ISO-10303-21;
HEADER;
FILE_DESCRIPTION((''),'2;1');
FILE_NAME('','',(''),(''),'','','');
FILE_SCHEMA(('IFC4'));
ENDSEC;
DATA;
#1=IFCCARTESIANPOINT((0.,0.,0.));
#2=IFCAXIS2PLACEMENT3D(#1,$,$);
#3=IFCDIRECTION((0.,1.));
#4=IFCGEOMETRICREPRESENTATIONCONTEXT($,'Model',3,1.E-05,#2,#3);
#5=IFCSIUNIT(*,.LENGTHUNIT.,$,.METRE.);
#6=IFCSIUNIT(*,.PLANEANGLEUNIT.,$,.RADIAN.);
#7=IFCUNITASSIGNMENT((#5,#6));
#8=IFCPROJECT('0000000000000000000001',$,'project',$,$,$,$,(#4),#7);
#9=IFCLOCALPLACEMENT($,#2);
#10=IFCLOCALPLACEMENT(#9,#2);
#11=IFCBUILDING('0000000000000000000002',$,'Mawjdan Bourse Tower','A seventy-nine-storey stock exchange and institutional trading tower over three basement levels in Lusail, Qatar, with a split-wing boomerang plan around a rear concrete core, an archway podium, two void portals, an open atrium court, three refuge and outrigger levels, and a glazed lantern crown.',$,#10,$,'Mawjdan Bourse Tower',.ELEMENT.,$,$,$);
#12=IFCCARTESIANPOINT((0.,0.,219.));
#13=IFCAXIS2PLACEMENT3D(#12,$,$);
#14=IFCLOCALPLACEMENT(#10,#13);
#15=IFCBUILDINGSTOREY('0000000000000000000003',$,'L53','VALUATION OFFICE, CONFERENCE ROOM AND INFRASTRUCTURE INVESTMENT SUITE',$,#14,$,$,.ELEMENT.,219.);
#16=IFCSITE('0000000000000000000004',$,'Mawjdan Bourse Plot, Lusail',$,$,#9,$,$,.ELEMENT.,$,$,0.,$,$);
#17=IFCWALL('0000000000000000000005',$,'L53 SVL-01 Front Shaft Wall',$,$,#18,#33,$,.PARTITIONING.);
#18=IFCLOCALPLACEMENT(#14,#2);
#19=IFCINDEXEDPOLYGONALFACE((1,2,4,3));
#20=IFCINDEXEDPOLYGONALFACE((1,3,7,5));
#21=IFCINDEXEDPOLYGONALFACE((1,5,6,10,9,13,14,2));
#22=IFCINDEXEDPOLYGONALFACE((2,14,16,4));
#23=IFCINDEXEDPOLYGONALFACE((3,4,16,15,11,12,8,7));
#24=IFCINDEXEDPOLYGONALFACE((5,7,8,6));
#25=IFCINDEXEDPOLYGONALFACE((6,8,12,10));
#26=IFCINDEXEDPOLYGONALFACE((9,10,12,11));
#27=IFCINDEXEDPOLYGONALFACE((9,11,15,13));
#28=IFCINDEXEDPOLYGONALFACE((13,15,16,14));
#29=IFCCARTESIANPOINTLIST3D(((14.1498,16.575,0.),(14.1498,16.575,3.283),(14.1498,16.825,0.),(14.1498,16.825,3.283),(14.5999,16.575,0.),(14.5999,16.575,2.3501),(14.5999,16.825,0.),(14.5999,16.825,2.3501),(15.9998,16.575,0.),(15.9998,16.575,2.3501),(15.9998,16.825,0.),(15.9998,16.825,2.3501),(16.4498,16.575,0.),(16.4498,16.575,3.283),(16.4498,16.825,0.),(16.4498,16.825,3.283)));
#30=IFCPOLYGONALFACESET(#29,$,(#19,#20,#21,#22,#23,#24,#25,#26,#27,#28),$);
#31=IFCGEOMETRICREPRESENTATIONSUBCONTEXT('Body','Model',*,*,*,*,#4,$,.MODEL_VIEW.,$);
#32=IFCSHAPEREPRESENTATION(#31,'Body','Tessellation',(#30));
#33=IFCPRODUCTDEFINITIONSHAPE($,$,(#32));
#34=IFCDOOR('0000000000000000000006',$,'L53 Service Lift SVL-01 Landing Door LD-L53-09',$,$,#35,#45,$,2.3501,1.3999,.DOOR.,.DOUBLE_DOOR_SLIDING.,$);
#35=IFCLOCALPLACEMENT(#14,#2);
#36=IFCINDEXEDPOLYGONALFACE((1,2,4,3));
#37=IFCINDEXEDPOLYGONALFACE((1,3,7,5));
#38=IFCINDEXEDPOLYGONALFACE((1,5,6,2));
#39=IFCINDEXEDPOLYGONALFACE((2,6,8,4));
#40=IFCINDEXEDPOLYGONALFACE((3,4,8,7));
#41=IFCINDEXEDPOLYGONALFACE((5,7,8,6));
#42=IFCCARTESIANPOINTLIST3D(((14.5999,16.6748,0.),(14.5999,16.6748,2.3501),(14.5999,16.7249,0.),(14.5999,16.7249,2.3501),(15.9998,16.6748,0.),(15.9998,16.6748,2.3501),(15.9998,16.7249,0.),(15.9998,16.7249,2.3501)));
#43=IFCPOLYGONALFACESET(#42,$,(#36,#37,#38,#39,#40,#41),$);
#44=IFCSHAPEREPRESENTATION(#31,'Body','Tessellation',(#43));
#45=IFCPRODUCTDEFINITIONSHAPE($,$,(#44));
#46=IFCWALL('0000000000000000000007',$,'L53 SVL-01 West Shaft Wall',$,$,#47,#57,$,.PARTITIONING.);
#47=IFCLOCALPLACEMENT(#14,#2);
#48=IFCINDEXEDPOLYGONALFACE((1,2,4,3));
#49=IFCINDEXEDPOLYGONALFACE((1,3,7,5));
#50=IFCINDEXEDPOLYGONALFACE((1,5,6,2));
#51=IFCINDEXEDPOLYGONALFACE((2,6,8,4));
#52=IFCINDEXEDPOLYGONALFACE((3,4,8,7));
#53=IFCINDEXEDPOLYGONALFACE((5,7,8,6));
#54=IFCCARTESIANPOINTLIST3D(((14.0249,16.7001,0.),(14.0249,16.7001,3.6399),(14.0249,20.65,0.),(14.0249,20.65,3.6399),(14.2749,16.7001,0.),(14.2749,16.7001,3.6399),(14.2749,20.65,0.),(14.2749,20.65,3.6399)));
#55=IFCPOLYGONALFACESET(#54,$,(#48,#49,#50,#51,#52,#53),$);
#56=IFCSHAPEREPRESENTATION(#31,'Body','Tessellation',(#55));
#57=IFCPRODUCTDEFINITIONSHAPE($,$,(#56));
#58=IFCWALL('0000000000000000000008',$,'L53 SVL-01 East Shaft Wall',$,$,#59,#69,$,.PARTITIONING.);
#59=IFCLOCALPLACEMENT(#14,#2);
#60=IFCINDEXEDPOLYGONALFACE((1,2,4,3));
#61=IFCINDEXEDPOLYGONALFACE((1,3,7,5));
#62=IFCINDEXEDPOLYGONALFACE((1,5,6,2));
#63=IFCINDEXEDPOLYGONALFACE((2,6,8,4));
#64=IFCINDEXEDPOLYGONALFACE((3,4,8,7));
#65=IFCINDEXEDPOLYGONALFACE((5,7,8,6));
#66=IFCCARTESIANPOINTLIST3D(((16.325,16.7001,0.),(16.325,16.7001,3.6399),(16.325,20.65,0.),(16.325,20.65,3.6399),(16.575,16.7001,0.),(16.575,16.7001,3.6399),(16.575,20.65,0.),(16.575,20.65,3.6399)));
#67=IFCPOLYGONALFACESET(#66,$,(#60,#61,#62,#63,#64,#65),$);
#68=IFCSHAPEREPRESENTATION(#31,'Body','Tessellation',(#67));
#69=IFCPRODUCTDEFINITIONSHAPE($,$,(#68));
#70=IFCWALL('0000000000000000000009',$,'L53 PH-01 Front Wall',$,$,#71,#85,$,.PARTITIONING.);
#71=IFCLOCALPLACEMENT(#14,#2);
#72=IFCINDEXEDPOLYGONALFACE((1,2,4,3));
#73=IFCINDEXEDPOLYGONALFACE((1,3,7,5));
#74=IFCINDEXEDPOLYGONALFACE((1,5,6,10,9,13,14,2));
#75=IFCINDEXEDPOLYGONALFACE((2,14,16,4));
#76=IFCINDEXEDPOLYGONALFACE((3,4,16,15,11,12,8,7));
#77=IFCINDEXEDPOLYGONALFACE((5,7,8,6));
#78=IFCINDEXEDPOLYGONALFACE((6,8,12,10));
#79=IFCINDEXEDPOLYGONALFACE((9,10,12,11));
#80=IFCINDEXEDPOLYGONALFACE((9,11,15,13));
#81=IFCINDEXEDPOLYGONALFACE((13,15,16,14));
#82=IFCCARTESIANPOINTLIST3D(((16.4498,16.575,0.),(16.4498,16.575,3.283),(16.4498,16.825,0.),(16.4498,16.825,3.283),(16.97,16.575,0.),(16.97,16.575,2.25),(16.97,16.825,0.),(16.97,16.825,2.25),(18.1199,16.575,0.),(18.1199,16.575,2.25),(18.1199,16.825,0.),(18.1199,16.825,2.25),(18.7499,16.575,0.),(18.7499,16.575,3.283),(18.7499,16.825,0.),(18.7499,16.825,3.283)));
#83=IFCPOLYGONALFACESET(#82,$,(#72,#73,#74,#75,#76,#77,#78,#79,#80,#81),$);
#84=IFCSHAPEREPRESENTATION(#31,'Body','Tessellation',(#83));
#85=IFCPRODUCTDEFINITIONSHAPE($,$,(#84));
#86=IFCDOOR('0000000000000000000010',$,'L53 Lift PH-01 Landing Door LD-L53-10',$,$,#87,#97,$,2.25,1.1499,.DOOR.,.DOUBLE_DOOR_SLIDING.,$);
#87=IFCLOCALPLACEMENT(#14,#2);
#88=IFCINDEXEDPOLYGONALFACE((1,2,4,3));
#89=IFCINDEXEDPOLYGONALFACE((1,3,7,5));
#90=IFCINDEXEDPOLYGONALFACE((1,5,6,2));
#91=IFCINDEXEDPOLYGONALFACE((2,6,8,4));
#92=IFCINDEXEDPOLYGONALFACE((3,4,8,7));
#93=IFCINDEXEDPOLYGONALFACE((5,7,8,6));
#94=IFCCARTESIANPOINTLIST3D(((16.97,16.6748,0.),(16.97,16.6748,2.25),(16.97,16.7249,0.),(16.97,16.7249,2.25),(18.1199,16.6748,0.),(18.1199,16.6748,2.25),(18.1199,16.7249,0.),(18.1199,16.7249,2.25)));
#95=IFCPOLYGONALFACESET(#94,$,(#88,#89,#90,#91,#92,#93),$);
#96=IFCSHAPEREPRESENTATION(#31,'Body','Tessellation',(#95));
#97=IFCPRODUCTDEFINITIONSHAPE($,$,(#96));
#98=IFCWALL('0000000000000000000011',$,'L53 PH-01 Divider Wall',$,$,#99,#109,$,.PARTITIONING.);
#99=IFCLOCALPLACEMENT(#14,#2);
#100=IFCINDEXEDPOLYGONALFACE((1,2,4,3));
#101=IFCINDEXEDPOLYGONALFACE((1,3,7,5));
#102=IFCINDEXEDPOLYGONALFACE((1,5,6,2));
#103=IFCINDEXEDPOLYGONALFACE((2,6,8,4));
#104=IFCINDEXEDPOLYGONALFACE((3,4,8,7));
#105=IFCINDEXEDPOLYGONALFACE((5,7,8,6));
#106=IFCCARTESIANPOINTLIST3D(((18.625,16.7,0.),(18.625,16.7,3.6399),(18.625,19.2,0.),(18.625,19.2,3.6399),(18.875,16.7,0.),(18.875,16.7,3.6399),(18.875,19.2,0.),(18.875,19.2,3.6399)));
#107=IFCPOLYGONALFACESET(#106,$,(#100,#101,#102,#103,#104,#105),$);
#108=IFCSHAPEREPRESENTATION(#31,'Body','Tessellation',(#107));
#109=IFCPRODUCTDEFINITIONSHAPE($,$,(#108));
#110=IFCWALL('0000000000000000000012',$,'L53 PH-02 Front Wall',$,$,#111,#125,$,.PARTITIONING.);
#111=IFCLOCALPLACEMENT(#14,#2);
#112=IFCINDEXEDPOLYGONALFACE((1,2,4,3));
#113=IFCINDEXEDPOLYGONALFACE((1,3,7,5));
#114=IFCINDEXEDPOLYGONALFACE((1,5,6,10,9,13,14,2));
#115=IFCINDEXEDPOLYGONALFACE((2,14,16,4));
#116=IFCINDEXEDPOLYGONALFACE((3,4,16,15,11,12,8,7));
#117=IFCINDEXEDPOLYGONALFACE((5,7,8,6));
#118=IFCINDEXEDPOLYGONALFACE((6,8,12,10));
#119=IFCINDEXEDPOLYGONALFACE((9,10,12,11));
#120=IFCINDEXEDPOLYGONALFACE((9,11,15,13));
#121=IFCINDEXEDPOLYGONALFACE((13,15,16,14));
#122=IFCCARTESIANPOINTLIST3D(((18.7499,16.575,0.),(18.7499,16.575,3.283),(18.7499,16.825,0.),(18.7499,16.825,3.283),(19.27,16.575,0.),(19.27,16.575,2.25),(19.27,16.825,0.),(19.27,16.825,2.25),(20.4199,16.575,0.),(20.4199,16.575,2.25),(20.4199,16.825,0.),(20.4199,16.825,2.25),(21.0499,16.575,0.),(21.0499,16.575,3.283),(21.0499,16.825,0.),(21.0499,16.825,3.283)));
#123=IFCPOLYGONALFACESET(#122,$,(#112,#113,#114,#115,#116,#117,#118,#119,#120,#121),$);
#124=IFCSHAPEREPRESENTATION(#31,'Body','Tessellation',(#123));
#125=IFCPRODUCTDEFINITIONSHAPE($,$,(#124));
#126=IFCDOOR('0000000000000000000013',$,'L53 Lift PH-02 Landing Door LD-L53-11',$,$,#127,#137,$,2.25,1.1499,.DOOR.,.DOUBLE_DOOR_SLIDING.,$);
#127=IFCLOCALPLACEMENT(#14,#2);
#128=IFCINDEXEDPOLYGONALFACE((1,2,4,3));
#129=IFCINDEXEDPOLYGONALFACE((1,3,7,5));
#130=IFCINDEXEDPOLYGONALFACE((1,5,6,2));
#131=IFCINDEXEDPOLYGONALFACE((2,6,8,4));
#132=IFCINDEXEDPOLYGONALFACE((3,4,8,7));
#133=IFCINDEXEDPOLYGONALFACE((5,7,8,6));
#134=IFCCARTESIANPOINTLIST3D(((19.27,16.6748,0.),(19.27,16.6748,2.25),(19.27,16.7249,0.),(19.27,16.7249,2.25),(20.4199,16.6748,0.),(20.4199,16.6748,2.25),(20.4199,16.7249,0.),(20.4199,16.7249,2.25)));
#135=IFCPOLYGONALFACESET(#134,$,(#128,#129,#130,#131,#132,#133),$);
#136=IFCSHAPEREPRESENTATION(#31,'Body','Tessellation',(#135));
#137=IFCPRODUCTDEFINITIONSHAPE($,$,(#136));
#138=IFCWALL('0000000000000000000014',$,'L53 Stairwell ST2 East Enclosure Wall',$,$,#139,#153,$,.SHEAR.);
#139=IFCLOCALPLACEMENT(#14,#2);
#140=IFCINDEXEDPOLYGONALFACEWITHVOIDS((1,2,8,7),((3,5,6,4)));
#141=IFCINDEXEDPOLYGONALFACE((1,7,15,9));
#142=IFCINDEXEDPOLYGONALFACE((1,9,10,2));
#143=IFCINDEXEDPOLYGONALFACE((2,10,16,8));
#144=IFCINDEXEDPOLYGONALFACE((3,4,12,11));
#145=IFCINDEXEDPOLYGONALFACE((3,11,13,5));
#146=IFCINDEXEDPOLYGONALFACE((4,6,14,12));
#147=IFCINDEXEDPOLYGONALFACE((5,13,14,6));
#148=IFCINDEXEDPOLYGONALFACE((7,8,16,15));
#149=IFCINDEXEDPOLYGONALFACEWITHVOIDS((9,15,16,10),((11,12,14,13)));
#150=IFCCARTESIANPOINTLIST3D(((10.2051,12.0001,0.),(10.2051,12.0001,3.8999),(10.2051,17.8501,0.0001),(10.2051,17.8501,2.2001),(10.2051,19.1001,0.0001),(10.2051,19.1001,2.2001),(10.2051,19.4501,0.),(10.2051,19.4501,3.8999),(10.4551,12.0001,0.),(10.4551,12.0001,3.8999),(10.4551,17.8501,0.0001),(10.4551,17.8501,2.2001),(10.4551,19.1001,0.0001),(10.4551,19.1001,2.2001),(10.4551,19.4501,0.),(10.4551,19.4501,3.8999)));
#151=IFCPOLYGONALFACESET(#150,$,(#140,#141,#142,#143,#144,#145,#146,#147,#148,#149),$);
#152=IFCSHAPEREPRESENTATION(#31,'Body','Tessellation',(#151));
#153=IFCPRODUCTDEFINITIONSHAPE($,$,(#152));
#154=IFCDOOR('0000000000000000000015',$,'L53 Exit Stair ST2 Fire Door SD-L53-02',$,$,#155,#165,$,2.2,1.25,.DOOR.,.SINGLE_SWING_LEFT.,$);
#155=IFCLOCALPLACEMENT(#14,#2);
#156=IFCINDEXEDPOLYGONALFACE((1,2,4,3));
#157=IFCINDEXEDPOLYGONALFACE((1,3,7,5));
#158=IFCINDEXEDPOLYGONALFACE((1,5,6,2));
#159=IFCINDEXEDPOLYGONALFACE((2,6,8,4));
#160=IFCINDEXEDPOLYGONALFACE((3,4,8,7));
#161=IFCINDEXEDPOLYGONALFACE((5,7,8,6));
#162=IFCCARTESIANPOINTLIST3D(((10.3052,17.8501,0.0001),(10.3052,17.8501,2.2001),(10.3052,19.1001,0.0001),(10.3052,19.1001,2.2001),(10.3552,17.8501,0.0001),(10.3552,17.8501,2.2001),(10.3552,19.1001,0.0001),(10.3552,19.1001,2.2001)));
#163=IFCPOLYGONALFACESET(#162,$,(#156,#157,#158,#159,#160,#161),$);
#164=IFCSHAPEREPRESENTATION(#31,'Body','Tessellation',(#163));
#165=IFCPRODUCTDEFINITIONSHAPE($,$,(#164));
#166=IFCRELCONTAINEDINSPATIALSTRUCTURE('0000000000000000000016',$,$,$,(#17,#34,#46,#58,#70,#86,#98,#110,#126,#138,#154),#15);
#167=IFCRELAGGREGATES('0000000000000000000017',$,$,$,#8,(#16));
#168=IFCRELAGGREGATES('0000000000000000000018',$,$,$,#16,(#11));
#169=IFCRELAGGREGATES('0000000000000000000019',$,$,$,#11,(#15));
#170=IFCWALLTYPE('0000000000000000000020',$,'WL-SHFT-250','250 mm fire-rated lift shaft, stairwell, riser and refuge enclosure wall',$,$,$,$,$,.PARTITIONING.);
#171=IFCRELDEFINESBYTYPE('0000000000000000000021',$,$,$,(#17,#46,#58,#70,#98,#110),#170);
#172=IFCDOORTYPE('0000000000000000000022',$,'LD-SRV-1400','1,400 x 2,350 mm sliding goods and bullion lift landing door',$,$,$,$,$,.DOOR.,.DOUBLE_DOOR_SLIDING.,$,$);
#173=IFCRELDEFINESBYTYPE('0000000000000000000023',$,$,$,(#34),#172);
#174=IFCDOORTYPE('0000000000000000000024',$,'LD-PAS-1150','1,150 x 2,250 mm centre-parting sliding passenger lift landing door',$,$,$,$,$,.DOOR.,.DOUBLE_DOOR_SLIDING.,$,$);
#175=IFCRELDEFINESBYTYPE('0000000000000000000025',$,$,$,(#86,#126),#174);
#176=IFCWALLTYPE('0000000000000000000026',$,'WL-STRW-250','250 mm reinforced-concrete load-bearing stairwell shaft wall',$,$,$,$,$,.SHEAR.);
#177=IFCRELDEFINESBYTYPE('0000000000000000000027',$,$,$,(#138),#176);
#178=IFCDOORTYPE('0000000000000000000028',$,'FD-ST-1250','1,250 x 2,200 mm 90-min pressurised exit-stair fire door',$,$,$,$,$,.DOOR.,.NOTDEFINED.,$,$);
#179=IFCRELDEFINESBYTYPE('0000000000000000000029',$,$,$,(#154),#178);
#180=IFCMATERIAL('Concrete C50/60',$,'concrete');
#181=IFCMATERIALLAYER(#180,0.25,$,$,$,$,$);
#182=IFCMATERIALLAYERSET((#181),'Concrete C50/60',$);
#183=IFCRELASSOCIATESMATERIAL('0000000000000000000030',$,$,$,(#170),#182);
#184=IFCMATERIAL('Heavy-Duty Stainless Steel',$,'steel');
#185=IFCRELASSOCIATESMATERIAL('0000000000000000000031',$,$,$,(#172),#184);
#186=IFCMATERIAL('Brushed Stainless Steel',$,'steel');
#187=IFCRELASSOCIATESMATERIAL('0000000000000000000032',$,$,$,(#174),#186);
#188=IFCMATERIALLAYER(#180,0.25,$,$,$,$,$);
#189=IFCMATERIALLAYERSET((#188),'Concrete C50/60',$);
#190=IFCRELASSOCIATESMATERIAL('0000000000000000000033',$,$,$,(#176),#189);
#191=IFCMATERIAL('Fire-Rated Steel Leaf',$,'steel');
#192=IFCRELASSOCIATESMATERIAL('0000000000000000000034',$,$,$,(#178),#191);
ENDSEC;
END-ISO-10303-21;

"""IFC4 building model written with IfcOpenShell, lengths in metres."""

from ifc_helpers import new_model, si_unit, direction, frame, frame_2d, origin, place, context, subcontext, project, spatial, rectangle, extrude, material, layer, layer_set, type_object, element, fill, save


model = new_model("IFC4")

# Units and contexts
model_context = context("Model", 3, precision=1e-05, world=origin(), true_north=direction((0.0, 1.0)))
body_context = subcontext(model_context, "Body", "Model", "MODEL_VIEW")
ifc_project = project(units=[si_unit("LENGTHUNIT", "METRE"), si_unit("PLANEANGLEUNIT", "RADIAN")], contexts=[model_context])

# Site, building, storey
site_placement = place(None, origin())
site = spatial("IfcSite", under=ifc_project, at=site_placement, Name="Mawjdan Bourse Plot, Lusail", CompositionType="ELEMENT", RefElevation=0.0)
building_placement = place(site_placement, origin())
building = spatial("IfcBuilding", under=site, at=building_placement, Name="Mawjdan Bourse Tower", Description="A seventy-nine-storey stock exchange and institutional trading tower over three basement levels in Lusail, Qatar, with a split-wing boomerang plan around a rear concrete core, an archway podium, two void portals, an open atrium court, three refuge and outrigger levels, and a glazed lantern crown.", LongName="Mawjdan Bourse Tower", CompositionType="ELEMENT")
storey_placement = place(building_placement, frame((0.0, 0.0, 219.0)))
storey = spatial("IfcBuildingStorey", under=building, at=storey_placement, Name="L53", Description="VALUATION OFFICE, CONFERENCE ROOM AND INFRASTRUCTURE INVESTMENT SUITE", CompositionType="ELEMENT", Elevation=219.0)

# Shared definitions
ifc_material_1 = material(Name="Concrete C50/60", Category="concrete")
ifc_layer_1 = layer(ifc_material_1, 0.25)
ifc_layer_set_1 = layer_set([ifc_layer_1], Name="Concrete C50/60")
wall_type_1 = type_object("IfcWallType", Name="WL-SHFT-250", Description="250 mm fire-rated lift shaft, stairwell, riser and refuge enclosure wall", PredefinedType="PARTITIONING", material=ifc_layer_set_1)

# Wall, opening, door
wall_1_placement = place(storey_placement, frame((14.1499, 16.7, 0.0), z_axis=(0.0, 0.0, 1.0), x_axis=(1.0, 0.0, 0.0)))
wall_1 = element("IfcWall", 1, at=wall_1_placement, inside=storey, type_object=wall_type_1, Name="L53 SVL-01 Front Shaft Wall", PredefinedType="PARTITIONING", context=body_context, shape_type="SweptSolid", body=[
    extrude(rectangle(XDim=2.3, YDim=0.25, at=frame_2d((1.1499, 0.0))), origin(), (0.0, 0.0, 1.0), 3.283),
])
opening_1_placement = place(wall_1_placement, frame((0.45, 0.0, 0.0)))
opening_1 = element("IfcOpeningElement", 2, at=opening_1_placement, cuts=wall_1, PredefinedType="OPENING", context=body_context, shape_type="SweptSolid", body=[
    extrude(rectangle(XDim=1.3999, YDim=2.3501, at=frame_2d((0.7, 1.175))), frame((0.0, 0.135, 0.0), z_axis=(0.0, -1.0, 0.0), x_axis=(1.0, 0.0, 0.0)), (0.0, 0.0, 1.0), 0.27),
])
ifc_material_2 = material(Name="Heavy-Duty Stainless Steel", Category="steel")
door_type_1 = type_object("IfcDoorType", Name="LD-SRV-1400", Description="1,400 x 2,350 mm sliding goods and bullion lift landing door", OperationType="DOUBLE_DOOR_SLIDING", PredefinedType="DOOR", material=ifc_material_2)
door_1_placement = place(opening_1_placement, origin())
door_1 = element("IfcDoor", 3, at=door_1_placement, inside=storey, type_object=door_type_1, Name="L53 Service Lift SVL-01 Landing Door LD-L53-09", OperationType="DOUBLE_DOOR_SLIDING", OverallHeight=2.3501, OverallWidth=1.3999, PredefinedType="DOOR", context=body_context, shape_type="SweptSolid", body=[
    extrude(rectangle(XDim=1.3999, YDim=2.3501, at=frame_2d((0.7, 1.175))), frame((0.0, 0.0249, 0.0), z_axis=(0.0, -1.0, 0.0), x_axis=(1.0, 0.0, 0.0)), (0.0, 0.0, 1.0), 0.05),
])
fill(opening_1, door_1)

# Walls
for number, where, z_axis, x_axis, name in (
    (4, (14.1499, 16.7, 0.0), (0.0, 0.0, 1.0), (0.0, 1.0, 0.0), "L53 SVL-01 West Shaft Wall"),
    (5, (16.45, 16.7, 0.0), (0.0, 0.0, 1.0), (0.0, 1.0, 0.0), "L53 SVL-01 East Shaft Wall"),
):
    element("IfcWall", number, at=place(storey_placement, frame(where, z_axis=z_axis, x_axis=x_axis)), inside=storey, type_object=wall_type_1, Name=name, PredefinedType="PARTITIONING", context=body_context, shape_type="SweptSolid", body=[
        extrude(rectangle(XDim=3.95, YDim=0.25, at=frame_2d((1.9751, 0.0))), origin(), (0.0, 0.0, 1.0), 3.6399),
    ])

# Wall, opening, door
wall_2_placement = place(storey_placement, frame((16.45, 16.7, 0.0), z_axis=(0.0, 0.0, 1.0), x_axis=(1.0, 0.0, 0.0)))
wall_2 = element("IfcWall", 6, at=wall_2_placement, inside=storey, type_object=wall_type_1, Name="L53 PH-01 Front Wall", PredefinedType="PARTITIONING", context=body_context, shape_type="SweptSolid", body=[
    extrude(rectangle(XDim=2.3, YDim=0.25, at=frame_2d((1.1499, 0.0))), origin(), (0.0, 0.0, 1.0), 3.283),
])
opening_2_placement = place(wall_2_placement, frame((0.52, 0.0, 0.0)))
opening_2 = element("IfcOpeningElement", 7, at=opening_2_placement, cuts=wall_2, PredefinedType="OPENING", context=body_context, shape_type="SweptSolid", body=[
    extrude(rectangle(XDim=1.1499, YDim=2.25, at=frame_2d((0.575, 1.125))), frame((0.0, 0.135, 0.0), z_axis=(0.0, -1.0, 0.0), x_axis=(1.0, 0.0, 0.0)), (0.0, 0.0, 1.0), 0.27),
])
ifc_material_3 = material(Name="Brushed Stainless Steel", Category="steel")
door_type_2 = type_object("IfcDoorType", Name="LD-PAS-1150", Description="1,150 x 2,250 mm centre-parting sliding passenger lift landing door", OperationType="DOUBLE_DOOR_SLIDING", PredefinedType="DOOR", material=ifc_material_3)
door_2_placement = place(opening_2_placement, origin())
door_2 = element("IfcDoor", 8, at=door_2_placement, inside=storey, type_object=door_type_2, Name="L53 Lift PH-01 Landing Door LD-L53-10", OperationType="DOUBLE_DOOR_SLIDING", OverallHeight=2.25, OverallWidth=1.1499, PredefinedType="DOOR", context=body_context, shape_type="SweptSolid", body=[
    extrude(rectangle(XDim=1.1499, YDim=2.25, at=frame_2d((0.575, 1.125))), frame((0.0, 0.0249, 0.0), z_axis=(0.0, -1.0, 0.0), x_axis=(1.0, 0.0, 0.0)), (0.0, 0.0, 1.0), 0.05),
])
fill(opening_2, door_2)

# Wall
wall_3_placement = place(storey_placement, frame((18.75, 16.7, 0.0), z_axis=(0.0, 0.0, 1.0), x_axis=(0.0, 1.0, 0.0)))
element("IfcWall", 9, at=wall_3_placement, inside=storey, type_object=wall_type_1, Name="L53 PH-01 Divider Wall", PredefinedType="PARTITIONING", context=body_context, shape_type="SweptSolid", body=[
    extrude(rectangle(XDim=2.5, YDim=0.25, at=frame_2d((1.25, 0.0))), origin(), (0.0, 0.0, 1.0), 3.6399),
])

# Walls, openings, doors
wall_4_placement = place(storey_placement, frame((18.75, 16.7, 0.0), z_axis=(0.0, 0.0, 1.0), x_axis=(1.0, 0.0, 0.0)))
wall_4 = element("IfcWall", 10, at=wall_4_placement, inside=storey, type_object=wall_type_1, Name="L53 PH-02 Front Wall", PredefinedType="PARTITIONING", context=body_context, shape_type="SweptSolid", body=[
    extrude(rectangle(XDim=2.3, YDim=0.25, at=frame_2d((1.1499, 0.0))), origin(), (0.0, 0.0, 1.0), 3.283),
])
opening_3_placement = place(wall_4_placement, frame((0.52, 0.0, 0.0)))
opening_3 = element("IfcOpeningElement", 11, at=opening_3_placement, cuts=wall_4, PredefinedType="OPENING", context=body_context, shape_type="SweptSolid", body=[
    extrude(rectangle(XDim=1.1499, YDim=2.25, at=frame_2d((0.575, 1.125))), frame((0.0, 0.135, 0.0), z_axis=(0.0, -1.0, 0.0), x_axis=(1.0, 0.0, 0.0)), (0.0, 0.0, 1.0), 0.27),
])
door_3_placement = place(opening_3_placement, origin())
door_3 = element("IfcDoor", 12, at=door_3_placement, inside=storey, type_object=door_type_2, Name="L53 Lift PH-02 Landing Door LD-L53-11", OperationType="DOUBLE_DOOR_SLIDING", OverallHeight=2.25, OverallWidth=1.1499, PredefinedType="DOOR", context=body_context, shape_type="SweptSolid", body=[
    extrude(rectangle(XDim=1.1499, YDim=2.25, at=frame_2d((0.575, 1.125))), frame((0.0, 0.0249, 0.0), z_axis=(0.0, -1.0, 0.0), x_axis=(1.0, 0.0, 0.0)), (0.0, 0.0, 1.0), 0.05),
])
fill(opening_3, door_3)
ifc_layer_2 = layer(ifc_material_1, 0.25)
ifc_layer_set_2 = layer_set([ifc_layer_2], Name="Concrete C50/60")
wall_type_2 = type_object("IfcWallType", Name="WL-STRW-250", Description="250 mm reinforced-concrete load-bearing stairwell shaft wall", PredefinedType="SHEAR", material=ifc_layer_set_2)
wall_5_placement = place(storey_placement, frame((10.3301, 12.0, 0.0), z_axis=(0.0, 0.0, 1.0), x_axis=(0.0, 1.0, 0.0)))
wall_5 = element("IfcWall", 13, at=wall_5_placement, inside=storey, type_object=wall_type_2, Name="L53 Stairwell ST2 East Enclosure Wall", PredefinedType="SHEAR", context=body_context, shape_type="SweptSolid", body=[
    extrude(rectangle(XDim=7.45, YDim=0.25, at=frame_2d((3.7251, 0.0))), origin(), (0.0, 0.0, 1.0), 3.8999),
])
opening_4_placement = place(wall_5_placement, frame((5.8501, 0.0, 0.0)))
opening_4 = element("IfcOpeningElement", 14, at=opening_4_placement, cuts=wall_5, PredefinedType="OPENING", context=body_context, shape_type="SweptSolid", body=[
    extrude(rectangle(XDim=1.25, YDim=2.2, at=frame_2d((0.625, 1.1001))), frame((0.0, 0.135, 0.0), z_axis=(0.0, -1.0, 0.0), x_axis=(1.0, 0.0, 0.0)), (0.0, 0.0, 1.0), 0.27),
])
ifc_material_4 = material(Name="Fire-Rated Steel Leaf", Category="steel")
door_type_3 = type_object("IfcDoorType", Name="FD-ST-1250", Description="1,250 x 2,200 mm 90-min pressurised exit-stair fire door", OperationType="NOTDEFINED", PredefinedType="DOOR", material=ifc_material_4)
door_4_placement = place(opening_4_placement, origin())
door_4 = element("IfcDoor", 15, at=door_4_placement, inside=storey, type_object=door_type_3, Name="L53 Exit Stair ST2 Fire Door SD-L53-02", OperationType="SINGLE_SWING_LEFT", OverallHeight=2.2, OverallWidth=1.25, PredefinedType="DOOR", context=body_context, shape_type="SweptSolid", body=[
    extrude(rectangle(XDim=1.25, YDim=2.2, at=frame_2d((0.625, 1.1001))), frame((0.0, 0.0249, 0.0), z_axis=(0.0, -1.0, 0.0), x_axis=(1.0, 0.0, 0.0)), (0.0, 0.0, 1.0), 0.05),
])
fill(opening_4, door_4)

save(model, "model.ifc")
